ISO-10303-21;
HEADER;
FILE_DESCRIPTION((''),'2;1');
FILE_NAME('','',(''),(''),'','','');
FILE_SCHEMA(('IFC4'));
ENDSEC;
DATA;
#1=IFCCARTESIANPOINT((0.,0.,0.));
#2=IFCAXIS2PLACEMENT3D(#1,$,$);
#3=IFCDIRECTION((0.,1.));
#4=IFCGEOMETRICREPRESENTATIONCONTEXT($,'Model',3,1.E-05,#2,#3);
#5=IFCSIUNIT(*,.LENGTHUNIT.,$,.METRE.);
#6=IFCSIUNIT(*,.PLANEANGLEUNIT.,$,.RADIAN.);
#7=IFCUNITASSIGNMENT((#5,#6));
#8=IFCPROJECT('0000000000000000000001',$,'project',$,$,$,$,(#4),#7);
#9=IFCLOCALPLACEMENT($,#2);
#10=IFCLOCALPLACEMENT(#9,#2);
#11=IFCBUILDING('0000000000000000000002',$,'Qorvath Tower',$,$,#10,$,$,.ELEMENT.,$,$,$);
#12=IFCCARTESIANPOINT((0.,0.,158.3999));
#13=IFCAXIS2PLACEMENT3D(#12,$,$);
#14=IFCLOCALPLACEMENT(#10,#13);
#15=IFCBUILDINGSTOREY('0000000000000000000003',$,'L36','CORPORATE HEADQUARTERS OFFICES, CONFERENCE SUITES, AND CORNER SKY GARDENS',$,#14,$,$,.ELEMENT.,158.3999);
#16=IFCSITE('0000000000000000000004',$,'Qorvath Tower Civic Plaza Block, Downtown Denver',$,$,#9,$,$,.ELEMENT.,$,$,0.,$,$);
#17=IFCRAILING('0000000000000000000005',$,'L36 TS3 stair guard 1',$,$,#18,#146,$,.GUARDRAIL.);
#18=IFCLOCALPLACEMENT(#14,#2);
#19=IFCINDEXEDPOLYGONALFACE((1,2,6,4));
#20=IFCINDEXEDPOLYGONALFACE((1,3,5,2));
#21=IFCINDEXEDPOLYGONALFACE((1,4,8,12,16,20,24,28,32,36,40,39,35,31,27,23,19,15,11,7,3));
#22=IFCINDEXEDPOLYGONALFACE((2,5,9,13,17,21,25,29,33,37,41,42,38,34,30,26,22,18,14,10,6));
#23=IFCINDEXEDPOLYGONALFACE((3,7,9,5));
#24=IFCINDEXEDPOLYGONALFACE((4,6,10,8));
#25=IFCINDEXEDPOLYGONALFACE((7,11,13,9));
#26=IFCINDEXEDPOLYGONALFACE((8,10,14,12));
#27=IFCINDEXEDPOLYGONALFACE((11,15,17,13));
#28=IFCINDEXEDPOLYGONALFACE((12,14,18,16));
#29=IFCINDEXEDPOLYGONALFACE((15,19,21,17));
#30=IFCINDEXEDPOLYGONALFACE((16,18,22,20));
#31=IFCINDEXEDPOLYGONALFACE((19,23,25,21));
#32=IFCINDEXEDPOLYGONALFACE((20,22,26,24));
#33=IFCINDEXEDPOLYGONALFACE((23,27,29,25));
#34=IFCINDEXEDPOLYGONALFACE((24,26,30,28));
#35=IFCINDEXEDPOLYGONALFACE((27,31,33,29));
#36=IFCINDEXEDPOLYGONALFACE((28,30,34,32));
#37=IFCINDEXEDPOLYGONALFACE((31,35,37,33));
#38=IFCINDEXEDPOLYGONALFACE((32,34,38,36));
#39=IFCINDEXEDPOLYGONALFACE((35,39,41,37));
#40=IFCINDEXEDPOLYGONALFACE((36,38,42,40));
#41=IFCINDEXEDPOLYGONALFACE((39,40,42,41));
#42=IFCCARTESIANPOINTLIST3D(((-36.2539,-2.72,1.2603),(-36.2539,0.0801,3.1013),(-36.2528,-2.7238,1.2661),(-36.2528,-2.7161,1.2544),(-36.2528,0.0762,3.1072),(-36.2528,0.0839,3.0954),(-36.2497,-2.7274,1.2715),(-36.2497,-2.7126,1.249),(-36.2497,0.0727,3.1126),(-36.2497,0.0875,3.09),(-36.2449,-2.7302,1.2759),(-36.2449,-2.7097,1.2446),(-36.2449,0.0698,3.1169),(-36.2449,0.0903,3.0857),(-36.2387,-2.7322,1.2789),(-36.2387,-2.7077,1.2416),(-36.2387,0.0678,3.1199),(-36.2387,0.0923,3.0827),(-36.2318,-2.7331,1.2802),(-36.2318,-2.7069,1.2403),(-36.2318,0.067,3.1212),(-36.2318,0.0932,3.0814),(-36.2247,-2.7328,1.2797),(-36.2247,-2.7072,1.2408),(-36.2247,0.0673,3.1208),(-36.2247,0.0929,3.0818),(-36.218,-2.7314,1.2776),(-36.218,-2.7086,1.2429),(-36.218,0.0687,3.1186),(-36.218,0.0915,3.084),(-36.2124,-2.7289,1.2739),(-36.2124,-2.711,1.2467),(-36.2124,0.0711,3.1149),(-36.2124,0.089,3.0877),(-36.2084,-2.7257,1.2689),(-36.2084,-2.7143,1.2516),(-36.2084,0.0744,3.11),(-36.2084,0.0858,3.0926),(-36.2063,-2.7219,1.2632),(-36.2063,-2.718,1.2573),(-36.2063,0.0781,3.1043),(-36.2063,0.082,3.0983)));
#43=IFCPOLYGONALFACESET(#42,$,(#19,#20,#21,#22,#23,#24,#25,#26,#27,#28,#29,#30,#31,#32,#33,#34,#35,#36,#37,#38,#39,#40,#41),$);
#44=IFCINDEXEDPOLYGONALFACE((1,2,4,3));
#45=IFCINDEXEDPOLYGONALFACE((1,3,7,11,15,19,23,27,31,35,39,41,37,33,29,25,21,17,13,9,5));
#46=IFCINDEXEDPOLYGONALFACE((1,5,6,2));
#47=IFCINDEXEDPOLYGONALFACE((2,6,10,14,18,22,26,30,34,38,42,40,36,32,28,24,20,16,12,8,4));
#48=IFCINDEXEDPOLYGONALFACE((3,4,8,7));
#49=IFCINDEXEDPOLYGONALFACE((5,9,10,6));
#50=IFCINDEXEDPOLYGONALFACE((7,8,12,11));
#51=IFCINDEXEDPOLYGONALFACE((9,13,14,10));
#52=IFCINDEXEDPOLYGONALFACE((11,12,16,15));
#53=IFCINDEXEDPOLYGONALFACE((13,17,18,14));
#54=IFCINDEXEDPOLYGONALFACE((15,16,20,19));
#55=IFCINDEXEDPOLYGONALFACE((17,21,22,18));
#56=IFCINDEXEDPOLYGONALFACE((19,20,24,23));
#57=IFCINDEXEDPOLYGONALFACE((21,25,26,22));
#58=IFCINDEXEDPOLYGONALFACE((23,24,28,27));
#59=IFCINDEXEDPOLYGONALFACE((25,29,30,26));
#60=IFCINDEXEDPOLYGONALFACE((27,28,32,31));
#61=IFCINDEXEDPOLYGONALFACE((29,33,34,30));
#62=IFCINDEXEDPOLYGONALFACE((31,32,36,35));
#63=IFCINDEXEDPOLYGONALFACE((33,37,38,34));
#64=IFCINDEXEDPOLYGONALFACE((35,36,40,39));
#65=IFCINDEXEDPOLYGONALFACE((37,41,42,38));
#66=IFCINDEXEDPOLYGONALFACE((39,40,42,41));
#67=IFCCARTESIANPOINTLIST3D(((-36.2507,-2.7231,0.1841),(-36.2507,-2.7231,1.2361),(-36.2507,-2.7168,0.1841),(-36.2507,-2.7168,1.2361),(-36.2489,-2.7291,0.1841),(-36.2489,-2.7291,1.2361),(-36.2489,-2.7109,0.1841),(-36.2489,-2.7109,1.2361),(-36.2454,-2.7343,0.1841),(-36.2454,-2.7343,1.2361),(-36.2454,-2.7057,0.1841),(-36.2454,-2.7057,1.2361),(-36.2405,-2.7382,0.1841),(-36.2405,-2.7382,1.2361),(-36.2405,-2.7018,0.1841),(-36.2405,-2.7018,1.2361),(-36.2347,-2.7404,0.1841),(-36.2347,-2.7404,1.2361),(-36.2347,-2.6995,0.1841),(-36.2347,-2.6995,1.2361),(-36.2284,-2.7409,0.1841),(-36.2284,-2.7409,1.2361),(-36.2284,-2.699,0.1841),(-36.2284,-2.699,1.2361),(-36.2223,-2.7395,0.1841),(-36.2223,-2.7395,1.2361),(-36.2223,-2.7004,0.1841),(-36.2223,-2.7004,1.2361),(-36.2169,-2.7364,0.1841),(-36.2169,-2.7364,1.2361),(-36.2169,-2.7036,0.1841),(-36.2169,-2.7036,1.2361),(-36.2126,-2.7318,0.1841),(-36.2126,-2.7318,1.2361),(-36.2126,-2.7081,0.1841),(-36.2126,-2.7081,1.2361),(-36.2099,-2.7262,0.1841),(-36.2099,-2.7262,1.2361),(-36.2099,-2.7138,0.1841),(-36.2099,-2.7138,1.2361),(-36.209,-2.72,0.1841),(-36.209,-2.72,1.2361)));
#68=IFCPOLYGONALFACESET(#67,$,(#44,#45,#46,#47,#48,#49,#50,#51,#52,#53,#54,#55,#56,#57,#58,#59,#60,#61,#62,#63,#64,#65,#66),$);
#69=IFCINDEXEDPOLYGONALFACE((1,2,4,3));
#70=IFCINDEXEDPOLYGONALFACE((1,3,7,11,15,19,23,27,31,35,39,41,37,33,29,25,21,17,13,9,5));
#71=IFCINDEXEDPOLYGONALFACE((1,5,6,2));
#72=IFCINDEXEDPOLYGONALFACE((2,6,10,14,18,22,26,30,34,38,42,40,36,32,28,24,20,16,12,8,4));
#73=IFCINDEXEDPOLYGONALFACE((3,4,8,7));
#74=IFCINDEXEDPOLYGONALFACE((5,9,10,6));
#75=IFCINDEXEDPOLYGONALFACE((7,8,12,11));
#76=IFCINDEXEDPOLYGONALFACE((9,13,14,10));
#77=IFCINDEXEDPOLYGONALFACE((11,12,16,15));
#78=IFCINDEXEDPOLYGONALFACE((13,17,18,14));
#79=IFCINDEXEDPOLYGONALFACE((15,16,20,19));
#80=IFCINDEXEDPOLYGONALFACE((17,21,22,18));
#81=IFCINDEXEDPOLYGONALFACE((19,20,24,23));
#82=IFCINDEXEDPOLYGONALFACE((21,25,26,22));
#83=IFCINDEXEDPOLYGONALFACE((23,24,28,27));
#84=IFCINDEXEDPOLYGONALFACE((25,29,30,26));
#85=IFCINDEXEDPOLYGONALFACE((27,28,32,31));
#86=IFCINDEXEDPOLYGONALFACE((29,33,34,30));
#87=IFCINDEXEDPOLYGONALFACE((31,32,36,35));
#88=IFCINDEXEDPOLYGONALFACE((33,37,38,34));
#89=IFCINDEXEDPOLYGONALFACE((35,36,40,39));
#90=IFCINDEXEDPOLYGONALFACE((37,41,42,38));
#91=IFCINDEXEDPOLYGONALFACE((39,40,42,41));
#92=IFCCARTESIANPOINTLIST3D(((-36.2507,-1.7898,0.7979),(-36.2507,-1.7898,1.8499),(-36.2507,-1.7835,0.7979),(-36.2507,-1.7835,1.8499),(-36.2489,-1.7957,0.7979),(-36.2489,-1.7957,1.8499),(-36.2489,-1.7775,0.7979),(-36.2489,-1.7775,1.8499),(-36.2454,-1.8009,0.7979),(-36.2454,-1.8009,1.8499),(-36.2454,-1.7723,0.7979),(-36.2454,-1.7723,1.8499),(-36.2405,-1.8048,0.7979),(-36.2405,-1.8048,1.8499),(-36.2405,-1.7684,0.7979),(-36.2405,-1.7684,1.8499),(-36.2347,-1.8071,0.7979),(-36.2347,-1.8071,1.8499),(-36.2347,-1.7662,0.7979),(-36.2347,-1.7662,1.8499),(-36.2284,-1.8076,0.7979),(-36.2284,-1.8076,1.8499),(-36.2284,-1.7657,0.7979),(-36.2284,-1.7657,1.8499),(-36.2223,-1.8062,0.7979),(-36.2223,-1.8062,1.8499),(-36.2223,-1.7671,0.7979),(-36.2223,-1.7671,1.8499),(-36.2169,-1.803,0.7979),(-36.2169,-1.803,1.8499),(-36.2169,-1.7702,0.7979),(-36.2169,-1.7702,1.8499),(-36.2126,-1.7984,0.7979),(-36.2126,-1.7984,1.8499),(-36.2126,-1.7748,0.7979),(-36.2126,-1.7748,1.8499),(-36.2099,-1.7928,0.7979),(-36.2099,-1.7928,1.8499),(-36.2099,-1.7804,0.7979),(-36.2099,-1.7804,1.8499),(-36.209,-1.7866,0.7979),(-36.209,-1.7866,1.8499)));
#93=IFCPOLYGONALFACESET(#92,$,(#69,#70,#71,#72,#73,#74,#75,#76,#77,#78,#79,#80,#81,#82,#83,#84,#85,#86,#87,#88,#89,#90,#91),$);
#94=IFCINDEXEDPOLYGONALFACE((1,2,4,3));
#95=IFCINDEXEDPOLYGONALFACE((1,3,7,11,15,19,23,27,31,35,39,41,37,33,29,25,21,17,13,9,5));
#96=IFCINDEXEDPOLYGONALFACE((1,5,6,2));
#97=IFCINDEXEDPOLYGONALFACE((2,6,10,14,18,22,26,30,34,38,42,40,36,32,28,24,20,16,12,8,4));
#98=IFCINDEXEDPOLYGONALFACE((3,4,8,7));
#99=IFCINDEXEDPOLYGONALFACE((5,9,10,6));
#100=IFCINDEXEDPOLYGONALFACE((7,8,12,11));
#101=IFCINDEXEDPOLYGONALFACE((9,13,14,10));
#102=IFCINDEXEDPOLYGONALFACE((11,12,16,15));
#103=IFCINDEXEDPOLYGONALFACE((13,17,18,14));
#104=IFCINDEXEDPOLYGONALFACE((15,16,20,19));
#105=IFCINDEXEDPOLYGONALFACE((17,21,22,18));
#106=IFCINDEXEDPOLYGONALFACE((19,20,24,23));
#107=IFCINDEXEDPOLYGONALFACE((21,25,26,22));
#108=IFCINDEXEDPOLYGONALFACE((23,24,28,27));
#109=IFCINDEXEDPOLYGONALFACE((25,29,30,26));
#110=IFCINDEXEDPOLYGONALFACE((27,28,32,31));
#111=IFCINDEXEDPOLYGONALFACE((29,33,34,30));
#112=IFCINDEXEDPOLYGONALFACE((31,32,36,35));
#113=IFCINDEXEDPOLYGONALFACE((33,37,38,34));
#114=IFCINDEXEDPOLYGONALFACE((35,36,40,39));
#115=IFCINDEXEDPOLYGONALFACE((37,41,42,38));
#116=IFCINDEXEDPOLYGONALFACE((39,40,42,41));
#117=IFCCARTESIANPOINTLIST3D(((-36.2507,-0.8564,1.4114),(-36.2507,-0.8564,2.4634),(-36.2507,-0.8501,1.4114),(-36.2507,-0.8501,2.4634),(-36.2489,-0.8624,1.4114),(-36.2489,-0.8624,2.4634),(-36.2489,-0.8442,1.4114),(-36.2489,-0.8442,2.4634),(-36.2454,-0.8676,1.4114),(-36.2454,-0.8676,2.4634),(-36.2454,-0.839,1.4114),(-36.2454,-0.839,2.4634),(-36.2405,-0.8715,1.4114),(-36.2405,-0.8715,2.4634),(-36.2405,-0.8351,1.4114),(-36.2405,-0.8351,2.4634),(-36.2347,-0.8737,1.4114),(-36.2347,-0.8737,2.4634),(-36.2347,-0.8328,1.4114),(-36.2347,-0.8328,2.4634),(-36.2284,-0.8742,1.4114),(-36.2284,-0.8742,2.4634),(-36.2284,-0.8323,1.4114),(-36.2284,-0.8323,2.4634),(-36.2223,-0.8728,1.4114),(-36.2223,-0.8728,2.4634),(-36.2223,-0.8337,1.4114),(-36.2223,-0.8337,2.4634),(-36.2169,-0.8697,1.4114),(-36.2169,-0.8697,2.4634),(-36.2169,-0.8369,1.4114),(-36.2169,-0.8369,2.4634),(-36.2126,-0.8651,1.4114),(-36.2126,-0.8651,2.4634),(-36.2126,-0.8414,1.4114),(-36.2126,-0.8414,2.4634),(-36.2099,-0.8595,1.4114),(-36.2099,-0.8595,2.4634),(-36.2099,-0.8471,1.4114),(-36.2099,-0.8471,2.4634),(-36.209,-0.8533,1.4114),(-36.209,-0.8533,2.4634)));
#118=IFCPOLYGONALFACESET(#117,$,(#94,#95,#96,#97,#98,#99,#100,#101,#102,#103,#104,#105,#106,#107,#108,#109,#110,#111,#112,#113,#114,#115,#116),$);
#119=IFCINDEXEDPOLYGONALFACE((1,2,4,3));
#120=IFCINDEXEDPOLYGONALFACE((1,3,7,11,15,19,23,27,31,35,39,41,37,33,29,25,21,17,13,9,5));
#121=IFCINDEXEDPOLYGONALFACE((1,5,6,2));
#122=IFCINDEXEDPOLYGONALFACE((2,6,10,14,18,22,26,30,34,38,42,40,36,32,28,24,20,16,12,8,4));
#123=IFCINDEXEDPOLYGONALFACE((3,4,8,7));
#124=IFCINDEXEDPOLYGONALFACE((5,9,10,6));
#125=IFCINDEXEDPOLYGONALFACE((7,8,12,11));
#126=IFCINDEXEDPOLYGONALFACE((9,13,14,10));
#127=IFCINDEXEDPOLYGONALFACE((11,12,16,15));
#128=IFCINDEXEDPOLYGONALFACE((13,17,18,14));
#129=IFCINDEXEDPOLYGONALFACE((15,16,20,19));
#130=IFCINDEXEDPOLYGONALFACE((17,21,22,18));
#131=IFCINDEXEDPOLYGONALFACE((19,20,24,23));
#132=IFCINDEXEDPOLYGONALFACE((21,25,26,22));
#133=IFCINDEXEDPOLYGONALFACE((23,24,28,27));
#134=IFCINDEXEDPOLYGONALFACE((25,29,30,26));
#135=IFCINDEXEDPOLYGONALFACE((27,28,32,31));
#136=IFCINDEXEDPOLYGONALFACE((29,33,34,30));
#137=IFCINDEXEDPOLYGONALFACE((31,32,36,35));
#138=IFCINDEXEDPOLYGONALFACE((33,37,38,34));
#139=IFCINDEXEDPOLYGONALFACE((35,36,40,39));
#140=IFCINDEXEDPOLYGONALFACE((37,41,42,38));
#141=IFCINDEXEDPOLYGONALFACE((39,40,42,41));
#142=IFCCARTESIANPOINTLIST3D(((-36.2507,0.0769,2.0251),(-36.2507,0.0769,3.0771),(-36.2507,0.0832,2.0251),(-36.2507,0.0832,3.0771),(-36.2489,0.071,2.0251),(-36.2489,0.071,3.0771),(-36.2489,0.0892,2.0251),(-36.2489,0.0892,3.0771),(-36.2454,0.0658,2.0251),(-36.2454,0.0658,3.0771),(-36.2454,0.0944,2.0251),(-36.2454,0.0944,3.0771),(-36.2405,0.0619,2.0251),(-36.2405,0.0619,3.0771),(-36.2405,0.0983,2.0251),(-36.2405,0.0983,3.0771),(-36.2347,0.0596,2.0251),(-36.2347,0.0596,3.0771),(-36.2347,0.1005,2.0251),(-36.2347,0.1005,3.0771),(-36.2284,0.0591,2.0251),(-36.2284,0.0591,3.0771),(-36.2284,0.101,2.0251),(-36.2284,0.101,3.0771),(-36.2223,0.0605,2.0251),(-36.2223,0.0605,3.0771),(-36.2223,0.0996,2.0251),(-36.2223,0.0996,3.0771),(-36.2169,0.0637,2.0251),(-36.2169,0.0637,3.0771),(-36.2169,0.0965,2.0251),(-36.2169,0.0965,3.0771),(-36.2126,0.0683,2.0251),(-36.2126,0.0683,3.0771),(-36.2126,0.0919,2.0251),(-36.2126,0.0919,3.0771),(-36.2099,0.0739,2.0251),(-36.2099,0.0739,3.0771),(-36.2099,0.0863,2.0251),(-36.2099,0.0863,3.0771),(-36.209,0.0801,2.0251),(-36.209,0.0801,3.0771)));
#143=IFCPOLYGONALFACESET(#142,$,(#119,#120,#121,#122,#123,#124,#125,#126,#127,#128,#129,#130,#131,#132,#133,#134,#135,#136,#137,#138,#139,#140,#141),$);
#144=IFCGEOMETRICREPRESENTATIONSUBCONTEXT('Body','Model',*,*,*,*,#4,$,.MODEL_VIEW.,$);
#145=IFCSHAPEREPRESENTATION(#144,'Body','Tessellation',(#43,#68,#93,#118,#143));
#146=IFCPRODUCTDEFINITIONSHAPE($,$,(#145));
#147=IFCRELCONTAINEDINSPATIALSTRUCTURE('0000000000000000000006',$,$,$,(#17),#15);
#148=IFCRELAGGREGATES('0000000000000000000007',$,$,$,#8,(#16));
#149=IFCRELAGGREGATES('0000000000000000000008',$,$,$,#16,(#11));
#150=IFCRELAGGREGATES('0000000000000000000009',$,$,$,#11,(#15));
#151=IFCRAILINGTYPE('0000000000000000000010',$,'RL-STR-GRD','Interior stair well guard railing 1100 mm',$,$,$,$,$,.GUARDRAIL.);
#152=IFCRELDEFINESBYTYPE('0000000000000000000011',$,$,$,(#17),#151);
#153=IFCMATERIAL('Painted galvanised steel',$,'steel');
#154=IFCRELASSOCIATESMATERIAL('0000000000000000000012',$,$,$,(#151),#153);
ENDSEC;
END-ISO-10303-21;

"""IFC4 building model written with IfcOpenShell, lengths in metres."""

from ifc_helpers import new_model, si_unit, direction, frame, origin, origin_2d, place, context, subcontext, project, spatial, circle, extrude, material, type_object, element, save


model = new_model("IFC4")

# Units and contexts
model_context = context("Model", 3, precision=1e-05, world=origin(), true_north=direction((0.0, 1.0)))
body_context = subcontext(model_context, "Body", "Model", "MODEL_VIEW")
ifc_project = project(units=[si_unit("LENGTHUNIT", "METRE"), si_unit("PLANEANGLEUNIT", "RADIAN")], contexts=[model_context])

# Site, building, storey
site_placement = place(None, origin())
site = spatial("IfcSite", under=ifc_project, at=site_placement, Name="Qorvath Tower Civic Plaza Block, Downtown Denver", CompositionType="ELEMENT", RefElevation=0.0)
building_placement = place(site_placement, origin())
building = spatial("IfcBuilding", under=site, at=building_placement, Name="Qorvath Tower", CompositionType="ELEMENT")
storey_placement = place(building_placement, frame((0.0, 0.0, 158.3999)))
storey = spatial("IfcBuildingStorey", under=building, at=storey_placement, Name="L36", Description="CORPORATE HEADQUARTERS OFFICES, CONFERENCE SUITES, AND CORNER SKY GARDENS", CompositionType="ELEMENT", Elevation=158.3999)

# Railing
ifc_material_1 = material(Name="Painted galvanised steel", Category="steel")
railing_type_1 = type_object("IfcRailingType", Name="RL-STR-GRD", Description="Interior stair well guard railing 1100 mm", PredefinedType="GUARDRAIL", material=ifc_material_1)
railing_1_placement = place(storey_placement, frame((-36.23, -2.72, 0.1841)))
element("IfcRailing", 1, at=railing_1_placement, inside=storey, type_object=railing_type_1, Name="L36 TS3 stair guard 1", PredefinedType="GUARDRAIL", context=body_context, shape_type="SweptSolid", body=[
    extrude(circle(Radius=0.0239, at=origin_2d()), frame((0.0, 0.0, 1.0762), z_axis=(0.0, 0.835564, 0.549393), x_axis=(-1.0, 0.0, 0.0)), (0.0, 0.0, 1.0), 3.3511),
    extrude(circle(Radius=0.021, at=origin_2d()), origin(), (0.0, 0.0, 1.0), 1.052),
    extrude(circle(Radius=0.021, at=origin_2d()), frame((0.0, 0.9333, 0.6138)), (0.0, 0.0, 1.0), 1.052),
    extrude(circle(Radius=0.021, at=origin_2d()), frame((0.0, 1.8667, 1.2273)), (0.0, 0.0, 1.0), 1.052),
    extrude(circle(Radius=0.021, at=origin_2d()), frame((0.0, 2.8, 1.8411)), (0.0, 0.0, 1.0), 1.052),
])

save(model, "model.ifc")
